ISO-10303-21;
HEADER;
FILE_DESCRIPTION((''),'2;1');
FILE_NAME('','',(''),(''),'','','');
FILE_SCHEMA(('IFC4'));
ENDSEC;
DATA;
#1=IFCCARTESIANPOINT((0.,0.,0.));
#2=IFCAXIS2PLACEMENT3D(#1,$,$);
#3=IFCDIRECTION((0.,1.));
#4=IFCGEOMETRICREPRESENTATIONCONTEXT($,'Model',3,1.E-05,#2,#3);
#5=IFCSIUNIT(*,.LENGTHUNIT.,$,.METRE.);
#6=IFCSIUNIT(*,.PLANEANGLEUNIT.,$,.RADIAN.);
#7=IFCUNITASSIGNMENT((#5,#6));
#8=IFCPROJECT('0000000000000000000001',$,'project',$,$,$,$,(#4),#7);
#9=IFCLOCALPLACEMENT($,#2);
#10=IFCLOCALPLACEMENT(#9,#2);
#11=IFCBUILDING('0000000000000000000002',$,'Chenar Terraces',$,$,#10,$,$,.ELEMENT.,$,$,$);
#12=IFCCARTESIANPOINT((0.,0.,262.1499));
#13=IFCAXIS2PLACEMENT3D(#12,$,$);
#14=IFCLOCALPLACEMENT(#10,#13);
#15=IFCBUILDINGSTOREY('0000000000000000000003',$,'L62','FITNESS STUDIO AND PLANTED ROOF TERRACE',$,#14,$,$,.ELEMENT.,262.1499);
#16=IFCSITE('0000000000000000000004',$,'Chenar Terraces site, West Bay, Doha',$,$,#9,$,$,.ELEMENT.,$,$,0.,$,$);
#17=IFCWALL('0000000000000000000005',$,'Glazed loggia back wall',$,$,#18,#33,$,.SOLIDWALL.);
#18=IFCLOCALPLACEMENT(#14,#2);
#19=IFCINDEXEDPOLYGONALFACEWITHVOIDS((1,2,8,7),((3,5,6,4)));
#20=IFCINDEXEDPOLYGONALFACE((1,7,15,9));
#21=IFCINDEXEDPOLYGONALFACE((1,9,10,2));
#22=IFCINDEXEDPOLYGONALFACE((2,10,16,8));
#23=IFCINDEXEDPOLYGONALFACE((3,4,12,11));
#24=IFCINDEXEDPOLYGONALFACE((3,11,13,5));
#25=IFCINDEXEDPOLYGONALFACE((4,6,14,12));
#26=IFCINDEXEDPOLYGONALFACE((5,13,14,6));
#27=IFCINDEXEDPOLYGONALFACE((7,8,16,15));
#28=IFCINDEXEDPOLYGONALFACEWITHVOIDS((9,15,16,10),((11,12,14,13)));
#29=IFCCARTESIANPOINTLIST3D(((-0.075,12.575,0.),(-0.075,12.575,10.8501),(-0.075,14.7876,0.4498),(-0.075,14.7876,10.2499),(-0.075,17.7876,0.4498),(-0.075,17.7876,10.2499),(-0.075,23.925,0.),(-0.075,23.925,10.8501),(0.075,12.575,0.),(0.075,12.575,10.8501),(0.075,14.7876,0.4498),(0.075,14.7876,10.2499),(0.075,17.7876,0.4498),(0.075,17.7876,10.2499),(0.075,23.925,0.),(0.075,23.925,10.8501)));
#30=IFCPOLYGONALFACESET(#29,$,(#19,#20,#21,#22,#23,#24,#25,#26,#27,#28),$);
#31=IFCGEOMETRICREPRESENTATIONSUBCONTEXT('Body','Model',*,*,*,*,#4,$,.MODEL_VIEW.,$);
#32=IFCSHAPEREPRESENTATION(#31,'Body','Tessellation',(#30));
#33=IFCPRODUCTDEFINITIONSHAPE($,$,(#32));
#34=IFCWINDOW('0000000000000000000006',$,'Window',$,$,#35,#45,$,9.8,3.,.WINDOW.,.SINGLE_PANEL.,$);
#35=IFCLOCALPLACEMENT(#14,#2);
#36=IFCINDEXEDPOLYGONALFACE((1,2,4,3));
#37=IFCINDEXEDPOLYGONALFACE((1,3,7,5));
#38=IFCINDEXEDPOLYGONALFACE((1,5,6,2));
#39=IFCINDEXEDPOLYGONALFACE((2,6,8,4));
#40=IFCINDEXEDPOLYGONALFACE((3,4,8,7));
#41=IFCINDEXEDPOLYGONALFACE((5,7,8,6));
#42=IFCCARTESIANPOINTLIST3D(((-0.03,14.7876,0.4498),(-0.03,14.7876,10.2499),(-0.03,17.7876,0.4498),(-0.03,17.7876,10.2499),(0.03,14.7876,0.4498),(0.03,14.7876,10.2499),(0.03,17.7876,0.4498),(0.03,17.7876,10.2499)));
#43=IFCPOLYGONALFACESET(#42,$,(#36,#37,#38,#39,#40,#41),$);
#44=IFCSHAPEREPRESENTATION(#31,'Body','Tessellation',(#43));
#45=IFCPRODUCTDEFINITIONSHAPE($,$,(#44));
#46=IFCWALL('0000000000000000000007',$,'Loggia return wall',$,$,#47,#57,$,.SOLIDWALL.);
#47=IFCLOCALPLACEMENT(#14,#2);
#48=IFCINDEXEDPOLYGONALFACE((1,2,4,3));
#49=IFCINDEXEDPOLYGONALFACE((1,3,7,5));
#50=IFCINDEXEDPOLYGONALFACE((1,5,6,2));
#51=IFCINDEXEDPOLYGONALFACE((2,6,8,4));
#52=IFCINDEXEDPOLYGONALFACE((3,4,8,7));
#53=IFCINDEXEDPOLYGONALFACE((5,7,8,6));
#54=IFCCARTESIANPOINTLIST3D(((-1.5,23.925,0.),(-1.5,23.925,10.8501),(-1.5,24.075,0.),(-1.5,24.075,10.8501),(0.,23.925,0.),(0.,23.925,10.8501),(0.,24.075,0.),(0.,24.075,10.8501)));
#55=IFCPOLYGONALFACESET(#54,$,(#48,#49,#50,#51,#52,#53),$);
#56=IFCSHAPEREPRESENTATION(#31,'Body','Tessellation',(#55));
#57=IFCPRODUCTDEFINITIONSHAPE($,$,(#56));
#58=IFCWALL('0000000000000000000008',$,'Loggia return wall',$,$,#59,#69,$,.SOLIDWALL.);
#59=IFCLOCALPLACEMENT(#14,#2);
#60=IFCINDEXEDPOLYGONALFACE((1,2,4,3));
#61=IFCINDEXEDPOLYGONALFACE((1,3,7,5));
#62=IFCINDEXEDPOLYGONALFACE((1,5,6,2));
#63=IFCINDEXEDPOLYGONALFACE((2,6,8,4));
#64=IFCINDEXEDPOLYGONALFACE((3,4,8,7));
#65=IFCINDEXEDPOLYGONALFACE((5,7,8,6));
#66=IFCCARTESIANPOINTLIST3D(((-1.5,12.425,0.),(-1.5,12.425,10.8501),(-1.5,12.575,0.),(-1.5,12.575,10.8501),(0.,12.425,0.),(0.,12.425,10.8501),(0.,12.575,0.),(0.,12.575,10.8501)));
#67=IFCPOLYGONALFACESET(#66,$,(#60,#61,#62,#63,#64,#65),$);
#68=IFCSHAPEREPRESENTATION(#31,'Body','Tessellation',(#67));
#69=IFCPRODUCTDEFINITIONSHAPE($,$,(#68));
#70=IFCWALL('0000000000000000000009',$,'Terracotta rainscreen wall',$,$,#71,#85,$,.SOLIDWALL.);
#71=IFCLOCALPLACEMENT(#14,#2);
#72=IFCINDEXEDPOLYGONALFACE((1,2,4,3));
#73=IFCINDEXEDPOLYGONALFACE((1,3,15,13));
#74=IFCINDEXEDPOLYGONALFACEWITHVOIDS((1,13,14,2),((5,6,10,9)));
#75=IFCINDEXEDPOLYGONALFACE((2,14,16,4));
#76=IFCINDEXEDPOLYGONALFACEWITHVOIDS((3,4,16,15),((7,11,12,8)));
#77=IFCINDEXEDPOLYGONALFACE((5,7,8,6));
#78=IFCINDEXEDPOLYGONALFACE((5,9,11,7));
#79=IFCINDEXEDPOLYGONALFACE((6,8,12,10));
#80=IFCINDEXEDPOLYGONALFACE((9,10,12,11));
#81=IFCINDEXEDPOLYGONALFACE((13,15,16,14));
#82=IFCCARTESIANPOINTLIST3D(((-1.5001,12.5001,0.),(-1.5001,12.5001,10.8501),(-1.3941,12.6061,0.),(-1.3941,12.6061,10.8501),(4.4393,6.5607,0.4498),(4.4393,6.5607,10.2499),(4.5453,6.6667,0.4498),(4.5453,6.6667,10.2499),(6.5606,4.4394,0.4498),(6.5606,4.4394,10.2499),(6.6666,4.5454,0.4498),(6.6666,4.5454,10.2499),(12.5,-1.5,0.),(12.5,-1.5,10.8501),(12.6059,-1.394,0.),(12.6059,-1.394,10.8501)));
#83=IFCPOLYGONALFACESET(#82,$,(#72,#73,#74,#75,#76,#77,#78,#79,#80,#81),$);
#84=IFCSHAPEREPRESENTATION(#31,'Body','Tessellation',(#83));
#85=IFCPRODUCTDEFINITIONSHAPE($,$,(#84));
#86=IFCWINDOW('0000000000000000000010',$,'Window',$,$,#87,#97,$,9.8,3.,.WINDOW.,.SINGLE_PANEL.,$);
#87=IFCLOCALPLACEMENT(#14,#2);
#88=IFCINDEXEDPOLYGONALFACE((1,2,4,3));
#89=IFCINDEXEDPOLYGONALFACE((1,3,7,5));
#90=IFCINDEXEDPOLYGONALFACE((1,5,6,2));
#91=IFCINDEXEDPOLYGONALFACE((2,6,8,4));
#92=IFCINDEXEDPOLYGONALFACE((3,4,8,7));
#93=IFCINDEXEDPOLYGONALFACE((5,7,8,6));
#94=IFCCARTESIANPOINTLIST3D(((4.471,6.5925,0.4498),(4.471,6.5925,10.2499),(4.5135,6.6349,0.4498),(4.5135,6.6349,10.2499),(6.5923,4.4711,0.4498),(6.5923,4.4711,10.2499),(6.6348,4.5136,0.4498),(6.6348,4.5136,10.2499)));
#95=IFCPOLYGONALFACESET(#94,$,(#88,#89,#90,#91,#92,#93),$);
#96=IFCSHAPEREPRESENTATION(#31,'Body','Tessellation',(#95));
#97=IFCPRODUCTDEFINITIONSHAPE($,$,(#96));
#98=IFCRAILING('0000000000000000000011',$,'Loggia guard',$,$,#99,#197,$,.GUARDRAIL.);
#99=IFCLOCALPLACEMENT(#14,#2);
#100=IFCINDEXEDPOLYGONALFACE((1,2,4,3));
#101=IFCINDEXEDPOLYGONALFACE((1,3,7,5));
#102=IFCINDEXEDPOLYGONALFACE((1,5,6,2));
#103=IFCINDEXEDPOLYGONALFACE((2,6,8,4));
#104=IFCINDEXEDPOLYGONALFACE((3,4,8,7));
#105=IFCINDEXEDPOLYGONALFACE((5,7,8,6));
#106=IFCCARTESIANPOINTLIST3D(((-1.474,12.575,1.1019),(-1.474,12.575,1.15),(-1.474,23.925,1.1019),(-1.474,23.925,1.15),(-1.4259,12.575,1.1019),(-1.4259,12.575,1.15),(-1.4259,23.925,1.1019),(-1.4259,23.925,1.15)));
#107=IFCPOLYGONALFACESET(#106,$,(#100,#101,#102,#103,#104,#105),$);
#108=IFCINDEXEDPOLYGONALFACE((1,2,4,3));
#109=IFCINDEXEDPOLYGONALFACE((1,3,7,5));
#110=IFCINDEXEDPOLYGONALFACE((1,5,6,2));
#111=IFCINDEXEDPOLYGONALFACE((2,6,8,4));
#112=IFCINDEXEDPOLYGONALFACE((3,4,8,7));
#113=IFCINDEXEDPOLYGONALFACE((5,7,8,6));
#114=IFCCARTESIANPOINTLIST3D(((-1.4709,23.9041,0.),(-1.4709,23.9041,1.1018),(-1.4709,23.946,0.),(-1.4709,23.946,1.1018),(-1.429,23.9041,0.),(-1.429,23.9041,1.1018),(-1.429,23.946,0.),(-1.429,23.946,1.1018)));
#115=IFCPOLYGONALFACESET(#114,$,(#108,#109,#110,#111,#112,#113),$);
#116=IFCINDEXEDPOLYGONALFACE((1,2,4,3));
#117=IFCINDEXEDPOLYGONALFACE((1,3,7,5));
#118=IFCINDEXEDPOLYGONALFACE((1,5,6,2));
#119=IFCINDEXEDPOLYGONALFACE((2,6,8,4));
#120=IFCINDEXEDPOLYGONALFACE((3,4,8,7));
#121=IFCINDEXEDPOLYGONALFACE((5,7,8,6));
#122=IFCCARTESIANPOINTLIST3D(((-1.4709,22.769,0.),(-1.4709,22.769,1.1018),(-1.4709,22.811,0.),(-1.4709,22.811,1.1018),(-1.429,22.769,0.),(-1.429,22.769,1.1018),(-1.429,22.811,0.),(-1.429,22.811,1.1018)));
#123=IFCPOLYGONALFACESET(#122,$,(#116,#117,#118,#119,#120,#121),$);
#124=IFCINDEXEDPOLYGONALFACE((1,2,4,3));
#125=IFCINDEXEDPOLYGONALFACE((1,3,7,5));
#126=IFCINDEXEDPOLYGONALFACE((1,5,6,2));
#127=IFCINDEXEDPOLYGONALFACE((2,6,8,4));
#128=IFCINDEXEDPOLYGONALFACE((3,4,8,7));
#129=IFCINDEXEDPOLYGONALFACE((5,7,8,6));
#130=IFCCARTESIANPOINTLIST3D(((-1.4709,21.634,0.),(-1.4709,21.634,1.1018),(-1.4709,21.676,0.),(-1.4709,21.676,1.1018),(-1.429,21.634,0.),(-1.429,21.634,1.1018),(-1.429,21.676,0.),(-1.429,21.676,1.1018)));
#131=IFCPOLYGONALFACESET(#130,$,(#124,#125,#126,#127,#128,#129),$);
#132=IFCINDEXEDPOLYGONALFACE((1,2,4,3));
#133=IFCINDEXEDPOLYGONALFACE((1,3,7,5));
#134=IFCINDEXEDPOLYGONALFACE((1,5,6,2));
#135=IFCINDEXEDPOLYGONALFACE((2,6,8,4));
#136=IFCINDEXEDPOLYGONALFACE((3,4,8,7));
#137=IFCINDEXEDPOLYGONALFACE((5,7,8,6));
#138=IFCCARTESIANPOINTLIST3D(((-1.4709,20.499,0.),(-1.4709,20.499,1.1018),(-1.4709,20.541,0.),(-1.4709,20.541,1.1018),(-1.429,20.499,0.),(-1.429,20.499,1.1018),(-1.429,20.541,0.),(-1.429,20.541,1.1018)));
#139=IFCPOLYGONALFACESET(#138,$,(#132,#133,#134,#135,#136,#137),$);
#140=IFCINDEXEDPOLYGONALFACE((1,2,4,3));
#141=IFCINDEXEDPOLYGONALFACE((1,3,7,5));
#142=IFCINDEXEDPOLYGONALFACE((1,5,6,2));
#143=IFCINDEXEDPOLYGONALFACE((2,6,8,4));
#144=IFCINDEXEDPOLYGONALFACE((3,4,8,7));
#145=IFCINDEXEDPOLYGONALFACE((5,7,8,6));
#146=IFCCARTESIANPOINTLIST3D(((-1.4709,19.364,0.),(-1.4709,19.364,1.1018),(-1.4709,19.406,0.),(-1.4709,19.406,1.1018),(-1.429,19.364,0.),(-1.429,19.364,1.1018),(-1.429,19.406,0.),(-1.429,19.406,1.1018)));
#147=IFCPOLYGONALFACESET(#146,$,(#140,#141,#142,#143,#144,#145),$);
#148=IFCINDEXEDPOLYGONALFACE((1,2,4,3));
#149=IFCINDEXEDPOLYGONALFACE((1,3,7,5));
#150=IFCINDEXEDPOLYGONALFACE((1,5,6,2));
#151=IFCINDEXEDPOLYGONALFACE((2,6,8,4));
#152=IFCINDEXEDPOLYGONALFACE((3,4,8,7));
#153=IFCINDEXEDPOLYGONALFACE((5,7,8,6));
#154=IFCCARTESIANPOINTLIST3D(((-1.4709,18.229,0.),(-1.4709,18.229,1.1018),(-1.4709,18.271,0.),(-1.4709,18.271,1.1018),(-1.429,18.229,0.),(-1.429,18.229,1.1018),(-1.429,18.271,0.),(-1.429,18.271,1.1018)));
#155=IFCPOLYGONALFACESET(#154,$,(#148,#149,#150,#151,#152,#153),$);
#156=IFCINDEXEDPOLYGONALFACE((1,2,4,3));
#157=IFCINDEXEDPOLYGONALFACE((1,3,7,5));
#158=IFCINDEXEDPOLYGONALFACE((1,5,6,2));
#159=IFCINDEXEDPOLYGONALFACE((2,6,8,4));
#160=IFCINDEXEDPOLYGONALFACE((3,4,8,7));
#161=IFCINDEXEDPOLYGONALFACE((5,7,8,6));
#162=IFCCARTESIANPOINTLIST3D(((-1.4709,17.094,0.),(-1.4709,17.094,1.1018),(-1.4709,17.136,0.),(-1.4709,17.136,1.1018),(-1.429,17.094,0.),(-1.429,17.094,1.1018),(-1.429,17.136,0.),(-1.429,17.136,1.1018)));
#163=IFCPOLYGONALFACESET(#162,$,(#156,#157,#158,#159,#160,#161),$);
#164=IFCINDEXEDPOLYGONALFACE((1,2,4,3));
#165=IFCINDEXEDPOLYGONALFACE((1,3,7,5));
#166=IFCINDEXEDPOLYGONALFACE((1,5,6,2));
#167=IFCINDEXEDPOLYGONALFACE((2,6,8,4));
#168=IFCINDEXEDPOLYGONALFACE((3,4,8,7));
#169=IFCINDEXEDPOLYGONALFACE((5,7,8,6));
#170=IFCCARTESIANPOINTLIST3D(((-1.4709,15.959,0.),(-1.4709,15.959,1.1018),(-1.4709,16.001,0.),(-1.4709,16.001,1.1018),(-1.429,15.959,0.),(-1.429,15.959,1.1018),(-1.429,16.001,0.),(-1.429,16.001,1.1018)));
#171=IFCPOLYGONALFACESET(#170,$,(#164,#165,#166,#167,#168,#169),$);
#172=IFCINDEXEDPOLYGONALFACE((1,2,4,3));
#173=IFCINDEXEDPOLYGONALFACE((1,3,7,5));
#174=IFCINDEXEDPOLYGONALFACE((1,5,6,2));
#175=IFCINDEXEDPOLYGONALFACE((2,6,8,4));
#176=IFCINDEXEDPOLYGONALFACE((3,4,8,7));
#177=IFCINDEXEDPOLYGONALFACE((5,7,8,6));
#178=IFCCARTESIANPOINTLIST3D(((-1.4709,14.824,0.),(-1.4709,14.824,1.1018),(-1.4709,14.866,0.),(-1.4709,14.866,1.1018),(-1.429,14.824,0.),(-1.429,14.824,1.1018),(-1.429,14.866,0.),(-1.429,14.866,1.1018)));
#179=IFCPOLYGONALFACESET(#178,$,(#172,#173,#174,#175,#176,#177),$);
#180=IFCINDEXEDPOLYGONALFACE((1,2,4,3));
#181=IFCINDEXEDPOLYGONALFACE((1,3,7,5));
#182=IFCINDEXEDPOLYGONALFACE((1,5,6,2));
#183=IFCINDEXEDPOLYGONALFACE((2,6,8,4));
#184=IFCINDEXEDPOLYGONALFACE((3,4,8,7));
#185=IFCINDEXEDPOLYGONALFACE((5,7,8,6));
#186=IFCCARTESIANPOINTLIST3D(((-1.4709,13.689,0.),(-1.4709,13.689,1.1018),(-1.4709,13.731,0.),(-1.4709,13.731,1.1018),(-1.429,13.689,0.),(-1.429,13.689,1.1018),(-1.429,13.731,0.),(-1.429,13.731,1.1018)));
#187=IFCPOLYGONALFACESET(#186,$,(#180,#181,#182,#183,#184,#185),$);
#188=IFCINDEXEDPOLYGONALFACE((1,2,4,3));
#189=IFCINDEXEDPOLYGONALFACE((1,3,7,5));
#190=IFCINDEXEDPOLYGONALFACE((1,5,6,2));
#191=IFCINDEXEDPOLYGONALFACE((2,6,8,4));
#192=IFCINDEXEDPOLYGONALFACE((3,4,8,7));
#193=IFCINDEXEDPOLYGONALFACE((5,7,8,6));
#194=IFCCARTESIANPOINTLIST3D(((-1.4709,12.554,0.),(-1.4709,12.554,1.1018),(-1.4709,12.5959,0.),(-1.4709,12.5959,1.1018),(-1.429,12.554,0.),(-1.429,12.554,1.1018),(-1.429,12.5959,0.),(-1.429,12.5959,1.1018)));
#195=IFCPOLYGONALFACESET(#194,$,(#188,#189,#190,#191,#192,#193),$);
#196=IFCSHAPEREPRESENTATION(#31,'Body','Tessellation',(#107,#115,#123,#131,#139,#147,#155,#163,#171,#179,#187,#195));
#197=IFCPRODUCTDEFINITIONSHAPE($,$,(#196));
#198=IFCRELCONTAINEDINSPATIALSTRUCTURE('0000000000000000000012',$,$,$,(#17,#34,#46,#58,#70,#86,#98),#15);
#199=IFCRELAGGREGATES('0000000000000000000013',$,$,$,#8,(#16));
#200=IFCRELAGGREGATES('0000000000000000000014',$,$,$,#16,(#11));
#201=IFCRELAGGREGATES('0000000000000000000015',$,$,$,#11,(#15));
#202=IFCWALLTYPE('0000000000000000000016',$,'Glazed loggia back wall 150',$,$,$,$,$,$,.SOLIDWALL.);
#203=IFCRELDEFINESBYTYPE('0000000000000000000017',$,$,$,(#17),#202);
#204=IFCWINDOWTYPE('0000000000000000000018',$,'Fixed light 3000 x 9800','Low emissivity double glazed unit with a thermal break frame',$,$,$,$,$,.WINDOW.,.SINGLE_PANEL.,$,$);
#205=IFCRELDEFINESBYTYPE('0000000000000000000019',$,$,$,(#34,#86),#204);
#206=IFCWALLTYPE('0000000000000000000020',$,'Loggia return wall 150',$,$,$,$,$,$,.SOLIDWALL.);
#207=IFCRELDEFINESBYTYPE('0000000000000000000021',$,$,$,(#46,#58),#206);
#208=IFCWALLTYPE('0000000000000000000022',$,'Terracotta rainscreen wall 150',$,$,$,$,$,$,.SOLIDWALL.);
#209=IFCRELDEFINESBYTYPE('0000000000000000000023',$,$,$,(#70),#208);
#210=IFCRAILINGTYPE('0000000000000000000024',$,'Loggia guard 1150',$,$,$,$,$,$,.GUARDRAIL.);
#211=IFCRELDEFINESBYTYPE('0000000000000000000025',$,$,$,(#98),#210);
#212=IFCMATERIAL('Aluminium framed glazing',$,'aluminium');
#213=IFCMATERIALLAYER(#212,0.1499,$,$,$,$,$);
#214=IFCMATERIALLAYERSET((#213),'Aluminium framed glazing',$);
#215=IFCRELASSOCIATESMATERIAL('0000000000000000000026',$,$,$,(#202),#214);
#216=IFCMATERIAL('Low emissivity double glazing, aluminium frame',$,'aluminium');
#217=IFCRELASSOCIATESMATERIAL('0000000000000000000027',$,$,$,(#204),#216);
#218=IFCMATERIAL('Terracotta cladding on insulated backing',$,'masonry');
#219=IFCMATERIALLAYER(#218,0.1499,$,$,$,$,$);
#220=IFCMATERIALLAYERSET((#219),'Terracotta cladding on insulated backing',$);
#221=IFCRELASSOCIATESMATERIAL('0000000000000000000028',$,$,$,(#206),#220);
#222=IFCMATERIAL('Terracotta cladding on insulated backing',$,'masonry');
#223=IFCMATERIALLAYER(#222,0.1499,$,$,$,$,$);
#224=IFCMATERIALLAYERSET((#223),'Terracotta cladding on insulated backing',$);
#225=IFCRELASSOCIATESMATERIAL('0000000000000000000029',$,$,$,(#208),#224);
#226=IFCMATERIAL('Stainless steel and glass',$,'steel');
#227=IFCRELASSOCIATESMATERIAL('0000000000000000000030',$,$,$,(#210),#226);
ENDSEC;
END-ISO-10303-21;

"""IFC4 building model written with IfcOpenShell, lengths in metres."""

from ifc_helpers import new_model, si_unit, direction, frame, frame_2d, origin, origin_2d, place, context, subcontext, project, spatial, rectangle, extrude, material, layer, layer_set, type_object, element, fill, save


model = new_model("IFC4")

# Units and contexts
model_context = context("Model", 3, precision=1e-05, world=origin(), true_north=direction((0.0, 1.0)))
body_context = subcontext(model_context, "Body", "Model", "MODEL_VIEW")
ifc_project = project(units=[si_unit("LENGTHUNIT", "METRE"), si_unit("PLANEANGLEUNIT", "RADIAN")], contexts=[model_context])

# Site, building, storey
site_placement = place(None, origin())
site = spatial("IfcSite", under=ifc_project, at=site_placement, Name="Chenar Terraces site, West Bay, Doha", CompositionType="ELEMENT", RefElevation=0.0)
building_placement = place(site_placement, origin())
building = spatial("IfcBuilding", under=site, at=building_placement, Name="Chenar Terraces", CompositionType="ELEMENT")
storey_placement = place(building_placement, frame((0.0, 0.0, 262.1499)))
storey = spatial("IfcBuildingStorey", under=building, at=storey_placement, Name="L62", Description="FITNESS STUDIO AND PLANTED ROOF TERRACE", CompositionType="ELEMENT", Elevation=262.1499)

# Wall, opening, window
ifc_material_1 = material(Name="Aluminium framed glazing", Category="aluminium")
ifc_layer_1 = layer(ifc_material_1, 0.1499)
ifc_layer_set_1 = layer_set([ifc_layer_1], Name="Aluminium framed glazing")
wall_type_1 = type_object("IfcWallType", Name="Glazed loggia back wall 150", PredefinedType="SOLIDWALL", material=ifc_layer_set_1)
wall_1_placement = place(storey_placement, frame((0.0, 23.925, 0.0), z_axis=(0.0, 0.0, 1.0), x_axis=(0.0, -1.0, 0.0)))
wall_1 = element("IfcWall", 1, at=wall_1_placement, inside=storey, type_object=wall_type_1, Name="Glazed loggia back wall", PredefinedType="SOLIDWALL", context=body_context, shape_type="SweptSolid", body=[
    extrude(rectangle(XDim=11.3501, YDim=0.1499, at=frame_2d((5.675, 0.0))), origin(), (0.0, 0.0, 1.0), 10.8501),
])
opening_1_placement = place(wall_1_placement, frame((6.1375, 0.0, 0.45)))
opening_1 = element("IfcOpeningElement", 2, at=opening_1_placement, cuts=wall_1, PredefinedType="OPENING", context=body_context, shape_type="SweptSolid", body=[
    extrude(rectangle(XDim=3.0, YDim=9.8, at=frame_2d((1.5, 4.8999))), frame((0.0, 0.085, 0.0), z_axis=(0.0, -1.0, 0.0), x_axis=(1.0, 0.0, 0.0)), (0.0, 0.0, 1.0), 0.1699),
])
ifc_material_2 = material(Name="Low emissivity double glazing, aluminium frame", Category="aluminium")
window_type = type_object("IfcWindowType", Name="Fixed light 3000 x 9800", Description="Low emissivity double glazed unit with a thermal break frame", PartitioningType="SINGLE_PANEL", PredefinedType="WINDOW", material=ifc_material_2)
window_1_placement = place(opening_1_placement, origin())
window_1 = element("IfcWindow", 3, at=window_1_placement, inside=storey, type_object=window_type, Name="Window", OverallHeight=9.8, OverallWidth=3.0, PartitioningType="SINGLE_PANEL", PredefinedType="WINDOW", context=body_context, shape_type="SweptSolid", body=[
    extrude(rectangle(XDim=3.0, YDim=9.8, at=frame_2d((1.5, 4.8999))), frame((0.0, 0.03, 0.0), z_axis=(0.0, -1.0, 0.0), x_axis=(1.0, 0.0, 0.0)), (0.0, 0.0, 1.0), 0.0601),
])
fill(opening_1, window_1)

# Walls
ifc_material_3 = material(Name="Terracotta cladding on insulated backing", Category="masonry")
ifc_layer_2 = layer(ifc_material_3, 0.1499)
ifc_layer_set_2 = layer_set([ifc_layer_2], Name="Terracotta cladding on insulated backing")
wall_type_2 = type_object("IfcWallType", Name="Loggia return wall 150", PredefinedType="SOLIDWALL", material=ifc_layer_set_2)
for number, where, z_axis, x_axis, name in (
    (4, (-1.5, 24.0, 0.0), (0.0, 0.0, 1.0), (1.0, 0.0, 0.0), "Loggia return wall"),
    (5, (-1.5, 12.5, 0.0), (0.0, 0.0, 1.0), (1.0, 0.0, 0.0), "Loggia return wall"),
):
    element("IfcWall", number, at=place(storey_placement, frame(where, z_axis=z_axis, x_axis=x_axis)), inside=storey, type_object=wall_type_2, Name=name, PredefinedType="SOLIDWALL", context=body_context, shape_type="SweptSolid", body=[
        extrude(rectangle(XDim=1.5, YDim=0.1499, at=frame_2d((0.75, 0.0))), origin(), (0.0, 0.0, 1.0), 10.8501),
    ])

# Wall, opening, window
ifc_material_4 = material(Name="Terracotta cladding on insulated backing", Category="masonry")
ifc_layer_3 = layer(ifc_material_4, 0.1499)
ifc_layer_set_3 = layer_set([ifc_layer_3], Name="Terracotta cladding on insulated backing")
wall_type_3 = type_object("IfcWallType", Name="Terracotta rainscreen wall 150", PredefinedType="SOLIDWALL", material=ifc_layer_set_3)
wall_2_placement = place(storey_placement, frame((-1.447, 12.553, 0.0), z_axis=(0.0, 0.0, 1.0), x_axis=(0.707107, -0.707107, 0.0)))
wall_2 = element("IfcWall", 6, at=wall_2_placement, inside=storey, type_object=wall_type_3, Name="Terracotta rainscreen wall", PredefinedType="SOLIDWALL", context=body_context, shape_type="SweptSolid", body=[
    extrude(rectangle(XDim=19.7991, YDim=0.1499, at=frame_2d((9.8994, 0.0))), origin(), (0.0, 0.0, 1.0), 10.8501),
])
opening_2_placement = place(wall_2_placement, frame((8.3994, 0.0, 0.45)))
opening_2 = element("IfcOpeningElement", 7, at=opening_2_placement, cuts=wall_2, PredefinedType="OPENING", context=body_context, shape_type="SweptSolid", body=[
    extrude(rectangle(XDim=3.0, YDim=9.8, at=frame_2d((1.5, 4.8999))), frame((0.0, 0.085, 0.0), z_axis=(0.0, -1.0, 0.0), x_axis=(1.0, 0.0, 0.0)), (0.0, 0.0, 1.0), 0.1699),
])
window_2_placement = place(opening_2_placement, origin())
window_2 = element("IfcWindow", 8, at=window_2_placement, inside=storey, type_object=window_type, Name="Window", OverallHeight=9.8, OverallWidth=3.0, PartitioningType="SINGLE_PANEL", PredefinedType="WINDOW", context=body_context, shape_type="SweptSolid", body=[
    extrude(rectangle(XDim=3.0, YDim=9.8, at=frame_2d((1.5, 4.8999))), frame((0.0, 0.03, 0.0), z_axis=(0.0, -1.0, 0.0), x_axis=(1.0, 0.0, 0.0)), (0.0, 0.0, 1.0), 0.0601),
])
fill(opening_2, window_2)

# Railing
ifc_material_5 = material(Name="Stainless steel and glass", Category="steel")
railing_type_1 = type_object("IfcRailingType", Name="Loggia guard 1150", PredefinedType="GUARDRAIL", material=ifc_material_5)
railing_placement = place(storey_placement, frame((-1.45, 23.925, 0.0)))
element("IfcRailing", 9, at=railing_placement, inside=storey, type_object=railing_type_1, Name="Loggia guard", PredefinedType="GUARDRAIL", context=body_context, shape_type="SweptSolid", body=[
    extrude(rectangle(XDim=0.0481, YDim=0.0481, at=origin_2d()), frame((0.0, 0.0, 1.126), z_axis=(0.0, -1.0, 0.0), x_axis=(1.0, 0.0, 0.0)), (0.0, 0.0, 1.0), 11.3501),
    extrude(rectangle(XDim=0.042, YDim=0.042, at=origin_2d()), origin(), (0.0, 0.0, 1.0), 1.1018),
    extrude(rectangle(XDim=0.042, YDim=0.042, at=origin_2d()), frame((0.0, -1.135, 0.0)), (0.0, 0.0, 1.0), 1.1018),
    extrude(rectangle(XDim=0.042, YDim=0.042, at=origin_2d()), frame((0.0, -2.27, 0.0)), (0.0, 0.0, 1.0), 1.1018),
    extrude(rectangle(XDim=0.042, YDim=0.042, at=origin_2d()), frame((0.0, -3.405, 0.0)), (0.0, 0.0, 1.0), 1.1018),
    extrude(rectangle(XDim=0.042, YDim=0.042, at=origin_2d()), frame((0.0, -4.54, 0.0)), (0.0, 0.0, 1.0), 1.1018),
    extrude(rectangle(XDim=0.042, YDim=0.042, at=origin_2d()), frame((0.0, -5.675, 0.0)), (0.0, 0.0, 1.0), 1.1018),
    extrude(rectangle(XDim=0.042, YDim=0.042, at=origin_2d()), frame((0.0, -6.8101, 0.0)), (0.0, 0.0, 1.0), 1.1018),
    extrude(rectangle(XDim=0.042, YDim=0.042, at=origin_2d()), frame((0.0, -7.9451, 0.0)), (0.0, 0.0, 1.0), 1.1018),
    extrude(rectangle(XDim=0.042, YDim=0.042, at=origin_2d()), frame((0.0, -9.0801, 0.0)), (0.0, 0.0, 1.0), 1.1018),
    extrude(rectangle(XDim=0.042, YDim=0.042, at=origin_2d()), frame((0.0, -10.2151, 0.0)), (0.0, 0.0, 1.0), 1.1018),
    extrude(rectangle(XDim=0.042, YDim=0.042, at=origin_2d()), frame((0.0, -11.3501, 0.0)), (0.0, 0.0, 1.0), 1.1018),
])

save(model, "model.ifc")
